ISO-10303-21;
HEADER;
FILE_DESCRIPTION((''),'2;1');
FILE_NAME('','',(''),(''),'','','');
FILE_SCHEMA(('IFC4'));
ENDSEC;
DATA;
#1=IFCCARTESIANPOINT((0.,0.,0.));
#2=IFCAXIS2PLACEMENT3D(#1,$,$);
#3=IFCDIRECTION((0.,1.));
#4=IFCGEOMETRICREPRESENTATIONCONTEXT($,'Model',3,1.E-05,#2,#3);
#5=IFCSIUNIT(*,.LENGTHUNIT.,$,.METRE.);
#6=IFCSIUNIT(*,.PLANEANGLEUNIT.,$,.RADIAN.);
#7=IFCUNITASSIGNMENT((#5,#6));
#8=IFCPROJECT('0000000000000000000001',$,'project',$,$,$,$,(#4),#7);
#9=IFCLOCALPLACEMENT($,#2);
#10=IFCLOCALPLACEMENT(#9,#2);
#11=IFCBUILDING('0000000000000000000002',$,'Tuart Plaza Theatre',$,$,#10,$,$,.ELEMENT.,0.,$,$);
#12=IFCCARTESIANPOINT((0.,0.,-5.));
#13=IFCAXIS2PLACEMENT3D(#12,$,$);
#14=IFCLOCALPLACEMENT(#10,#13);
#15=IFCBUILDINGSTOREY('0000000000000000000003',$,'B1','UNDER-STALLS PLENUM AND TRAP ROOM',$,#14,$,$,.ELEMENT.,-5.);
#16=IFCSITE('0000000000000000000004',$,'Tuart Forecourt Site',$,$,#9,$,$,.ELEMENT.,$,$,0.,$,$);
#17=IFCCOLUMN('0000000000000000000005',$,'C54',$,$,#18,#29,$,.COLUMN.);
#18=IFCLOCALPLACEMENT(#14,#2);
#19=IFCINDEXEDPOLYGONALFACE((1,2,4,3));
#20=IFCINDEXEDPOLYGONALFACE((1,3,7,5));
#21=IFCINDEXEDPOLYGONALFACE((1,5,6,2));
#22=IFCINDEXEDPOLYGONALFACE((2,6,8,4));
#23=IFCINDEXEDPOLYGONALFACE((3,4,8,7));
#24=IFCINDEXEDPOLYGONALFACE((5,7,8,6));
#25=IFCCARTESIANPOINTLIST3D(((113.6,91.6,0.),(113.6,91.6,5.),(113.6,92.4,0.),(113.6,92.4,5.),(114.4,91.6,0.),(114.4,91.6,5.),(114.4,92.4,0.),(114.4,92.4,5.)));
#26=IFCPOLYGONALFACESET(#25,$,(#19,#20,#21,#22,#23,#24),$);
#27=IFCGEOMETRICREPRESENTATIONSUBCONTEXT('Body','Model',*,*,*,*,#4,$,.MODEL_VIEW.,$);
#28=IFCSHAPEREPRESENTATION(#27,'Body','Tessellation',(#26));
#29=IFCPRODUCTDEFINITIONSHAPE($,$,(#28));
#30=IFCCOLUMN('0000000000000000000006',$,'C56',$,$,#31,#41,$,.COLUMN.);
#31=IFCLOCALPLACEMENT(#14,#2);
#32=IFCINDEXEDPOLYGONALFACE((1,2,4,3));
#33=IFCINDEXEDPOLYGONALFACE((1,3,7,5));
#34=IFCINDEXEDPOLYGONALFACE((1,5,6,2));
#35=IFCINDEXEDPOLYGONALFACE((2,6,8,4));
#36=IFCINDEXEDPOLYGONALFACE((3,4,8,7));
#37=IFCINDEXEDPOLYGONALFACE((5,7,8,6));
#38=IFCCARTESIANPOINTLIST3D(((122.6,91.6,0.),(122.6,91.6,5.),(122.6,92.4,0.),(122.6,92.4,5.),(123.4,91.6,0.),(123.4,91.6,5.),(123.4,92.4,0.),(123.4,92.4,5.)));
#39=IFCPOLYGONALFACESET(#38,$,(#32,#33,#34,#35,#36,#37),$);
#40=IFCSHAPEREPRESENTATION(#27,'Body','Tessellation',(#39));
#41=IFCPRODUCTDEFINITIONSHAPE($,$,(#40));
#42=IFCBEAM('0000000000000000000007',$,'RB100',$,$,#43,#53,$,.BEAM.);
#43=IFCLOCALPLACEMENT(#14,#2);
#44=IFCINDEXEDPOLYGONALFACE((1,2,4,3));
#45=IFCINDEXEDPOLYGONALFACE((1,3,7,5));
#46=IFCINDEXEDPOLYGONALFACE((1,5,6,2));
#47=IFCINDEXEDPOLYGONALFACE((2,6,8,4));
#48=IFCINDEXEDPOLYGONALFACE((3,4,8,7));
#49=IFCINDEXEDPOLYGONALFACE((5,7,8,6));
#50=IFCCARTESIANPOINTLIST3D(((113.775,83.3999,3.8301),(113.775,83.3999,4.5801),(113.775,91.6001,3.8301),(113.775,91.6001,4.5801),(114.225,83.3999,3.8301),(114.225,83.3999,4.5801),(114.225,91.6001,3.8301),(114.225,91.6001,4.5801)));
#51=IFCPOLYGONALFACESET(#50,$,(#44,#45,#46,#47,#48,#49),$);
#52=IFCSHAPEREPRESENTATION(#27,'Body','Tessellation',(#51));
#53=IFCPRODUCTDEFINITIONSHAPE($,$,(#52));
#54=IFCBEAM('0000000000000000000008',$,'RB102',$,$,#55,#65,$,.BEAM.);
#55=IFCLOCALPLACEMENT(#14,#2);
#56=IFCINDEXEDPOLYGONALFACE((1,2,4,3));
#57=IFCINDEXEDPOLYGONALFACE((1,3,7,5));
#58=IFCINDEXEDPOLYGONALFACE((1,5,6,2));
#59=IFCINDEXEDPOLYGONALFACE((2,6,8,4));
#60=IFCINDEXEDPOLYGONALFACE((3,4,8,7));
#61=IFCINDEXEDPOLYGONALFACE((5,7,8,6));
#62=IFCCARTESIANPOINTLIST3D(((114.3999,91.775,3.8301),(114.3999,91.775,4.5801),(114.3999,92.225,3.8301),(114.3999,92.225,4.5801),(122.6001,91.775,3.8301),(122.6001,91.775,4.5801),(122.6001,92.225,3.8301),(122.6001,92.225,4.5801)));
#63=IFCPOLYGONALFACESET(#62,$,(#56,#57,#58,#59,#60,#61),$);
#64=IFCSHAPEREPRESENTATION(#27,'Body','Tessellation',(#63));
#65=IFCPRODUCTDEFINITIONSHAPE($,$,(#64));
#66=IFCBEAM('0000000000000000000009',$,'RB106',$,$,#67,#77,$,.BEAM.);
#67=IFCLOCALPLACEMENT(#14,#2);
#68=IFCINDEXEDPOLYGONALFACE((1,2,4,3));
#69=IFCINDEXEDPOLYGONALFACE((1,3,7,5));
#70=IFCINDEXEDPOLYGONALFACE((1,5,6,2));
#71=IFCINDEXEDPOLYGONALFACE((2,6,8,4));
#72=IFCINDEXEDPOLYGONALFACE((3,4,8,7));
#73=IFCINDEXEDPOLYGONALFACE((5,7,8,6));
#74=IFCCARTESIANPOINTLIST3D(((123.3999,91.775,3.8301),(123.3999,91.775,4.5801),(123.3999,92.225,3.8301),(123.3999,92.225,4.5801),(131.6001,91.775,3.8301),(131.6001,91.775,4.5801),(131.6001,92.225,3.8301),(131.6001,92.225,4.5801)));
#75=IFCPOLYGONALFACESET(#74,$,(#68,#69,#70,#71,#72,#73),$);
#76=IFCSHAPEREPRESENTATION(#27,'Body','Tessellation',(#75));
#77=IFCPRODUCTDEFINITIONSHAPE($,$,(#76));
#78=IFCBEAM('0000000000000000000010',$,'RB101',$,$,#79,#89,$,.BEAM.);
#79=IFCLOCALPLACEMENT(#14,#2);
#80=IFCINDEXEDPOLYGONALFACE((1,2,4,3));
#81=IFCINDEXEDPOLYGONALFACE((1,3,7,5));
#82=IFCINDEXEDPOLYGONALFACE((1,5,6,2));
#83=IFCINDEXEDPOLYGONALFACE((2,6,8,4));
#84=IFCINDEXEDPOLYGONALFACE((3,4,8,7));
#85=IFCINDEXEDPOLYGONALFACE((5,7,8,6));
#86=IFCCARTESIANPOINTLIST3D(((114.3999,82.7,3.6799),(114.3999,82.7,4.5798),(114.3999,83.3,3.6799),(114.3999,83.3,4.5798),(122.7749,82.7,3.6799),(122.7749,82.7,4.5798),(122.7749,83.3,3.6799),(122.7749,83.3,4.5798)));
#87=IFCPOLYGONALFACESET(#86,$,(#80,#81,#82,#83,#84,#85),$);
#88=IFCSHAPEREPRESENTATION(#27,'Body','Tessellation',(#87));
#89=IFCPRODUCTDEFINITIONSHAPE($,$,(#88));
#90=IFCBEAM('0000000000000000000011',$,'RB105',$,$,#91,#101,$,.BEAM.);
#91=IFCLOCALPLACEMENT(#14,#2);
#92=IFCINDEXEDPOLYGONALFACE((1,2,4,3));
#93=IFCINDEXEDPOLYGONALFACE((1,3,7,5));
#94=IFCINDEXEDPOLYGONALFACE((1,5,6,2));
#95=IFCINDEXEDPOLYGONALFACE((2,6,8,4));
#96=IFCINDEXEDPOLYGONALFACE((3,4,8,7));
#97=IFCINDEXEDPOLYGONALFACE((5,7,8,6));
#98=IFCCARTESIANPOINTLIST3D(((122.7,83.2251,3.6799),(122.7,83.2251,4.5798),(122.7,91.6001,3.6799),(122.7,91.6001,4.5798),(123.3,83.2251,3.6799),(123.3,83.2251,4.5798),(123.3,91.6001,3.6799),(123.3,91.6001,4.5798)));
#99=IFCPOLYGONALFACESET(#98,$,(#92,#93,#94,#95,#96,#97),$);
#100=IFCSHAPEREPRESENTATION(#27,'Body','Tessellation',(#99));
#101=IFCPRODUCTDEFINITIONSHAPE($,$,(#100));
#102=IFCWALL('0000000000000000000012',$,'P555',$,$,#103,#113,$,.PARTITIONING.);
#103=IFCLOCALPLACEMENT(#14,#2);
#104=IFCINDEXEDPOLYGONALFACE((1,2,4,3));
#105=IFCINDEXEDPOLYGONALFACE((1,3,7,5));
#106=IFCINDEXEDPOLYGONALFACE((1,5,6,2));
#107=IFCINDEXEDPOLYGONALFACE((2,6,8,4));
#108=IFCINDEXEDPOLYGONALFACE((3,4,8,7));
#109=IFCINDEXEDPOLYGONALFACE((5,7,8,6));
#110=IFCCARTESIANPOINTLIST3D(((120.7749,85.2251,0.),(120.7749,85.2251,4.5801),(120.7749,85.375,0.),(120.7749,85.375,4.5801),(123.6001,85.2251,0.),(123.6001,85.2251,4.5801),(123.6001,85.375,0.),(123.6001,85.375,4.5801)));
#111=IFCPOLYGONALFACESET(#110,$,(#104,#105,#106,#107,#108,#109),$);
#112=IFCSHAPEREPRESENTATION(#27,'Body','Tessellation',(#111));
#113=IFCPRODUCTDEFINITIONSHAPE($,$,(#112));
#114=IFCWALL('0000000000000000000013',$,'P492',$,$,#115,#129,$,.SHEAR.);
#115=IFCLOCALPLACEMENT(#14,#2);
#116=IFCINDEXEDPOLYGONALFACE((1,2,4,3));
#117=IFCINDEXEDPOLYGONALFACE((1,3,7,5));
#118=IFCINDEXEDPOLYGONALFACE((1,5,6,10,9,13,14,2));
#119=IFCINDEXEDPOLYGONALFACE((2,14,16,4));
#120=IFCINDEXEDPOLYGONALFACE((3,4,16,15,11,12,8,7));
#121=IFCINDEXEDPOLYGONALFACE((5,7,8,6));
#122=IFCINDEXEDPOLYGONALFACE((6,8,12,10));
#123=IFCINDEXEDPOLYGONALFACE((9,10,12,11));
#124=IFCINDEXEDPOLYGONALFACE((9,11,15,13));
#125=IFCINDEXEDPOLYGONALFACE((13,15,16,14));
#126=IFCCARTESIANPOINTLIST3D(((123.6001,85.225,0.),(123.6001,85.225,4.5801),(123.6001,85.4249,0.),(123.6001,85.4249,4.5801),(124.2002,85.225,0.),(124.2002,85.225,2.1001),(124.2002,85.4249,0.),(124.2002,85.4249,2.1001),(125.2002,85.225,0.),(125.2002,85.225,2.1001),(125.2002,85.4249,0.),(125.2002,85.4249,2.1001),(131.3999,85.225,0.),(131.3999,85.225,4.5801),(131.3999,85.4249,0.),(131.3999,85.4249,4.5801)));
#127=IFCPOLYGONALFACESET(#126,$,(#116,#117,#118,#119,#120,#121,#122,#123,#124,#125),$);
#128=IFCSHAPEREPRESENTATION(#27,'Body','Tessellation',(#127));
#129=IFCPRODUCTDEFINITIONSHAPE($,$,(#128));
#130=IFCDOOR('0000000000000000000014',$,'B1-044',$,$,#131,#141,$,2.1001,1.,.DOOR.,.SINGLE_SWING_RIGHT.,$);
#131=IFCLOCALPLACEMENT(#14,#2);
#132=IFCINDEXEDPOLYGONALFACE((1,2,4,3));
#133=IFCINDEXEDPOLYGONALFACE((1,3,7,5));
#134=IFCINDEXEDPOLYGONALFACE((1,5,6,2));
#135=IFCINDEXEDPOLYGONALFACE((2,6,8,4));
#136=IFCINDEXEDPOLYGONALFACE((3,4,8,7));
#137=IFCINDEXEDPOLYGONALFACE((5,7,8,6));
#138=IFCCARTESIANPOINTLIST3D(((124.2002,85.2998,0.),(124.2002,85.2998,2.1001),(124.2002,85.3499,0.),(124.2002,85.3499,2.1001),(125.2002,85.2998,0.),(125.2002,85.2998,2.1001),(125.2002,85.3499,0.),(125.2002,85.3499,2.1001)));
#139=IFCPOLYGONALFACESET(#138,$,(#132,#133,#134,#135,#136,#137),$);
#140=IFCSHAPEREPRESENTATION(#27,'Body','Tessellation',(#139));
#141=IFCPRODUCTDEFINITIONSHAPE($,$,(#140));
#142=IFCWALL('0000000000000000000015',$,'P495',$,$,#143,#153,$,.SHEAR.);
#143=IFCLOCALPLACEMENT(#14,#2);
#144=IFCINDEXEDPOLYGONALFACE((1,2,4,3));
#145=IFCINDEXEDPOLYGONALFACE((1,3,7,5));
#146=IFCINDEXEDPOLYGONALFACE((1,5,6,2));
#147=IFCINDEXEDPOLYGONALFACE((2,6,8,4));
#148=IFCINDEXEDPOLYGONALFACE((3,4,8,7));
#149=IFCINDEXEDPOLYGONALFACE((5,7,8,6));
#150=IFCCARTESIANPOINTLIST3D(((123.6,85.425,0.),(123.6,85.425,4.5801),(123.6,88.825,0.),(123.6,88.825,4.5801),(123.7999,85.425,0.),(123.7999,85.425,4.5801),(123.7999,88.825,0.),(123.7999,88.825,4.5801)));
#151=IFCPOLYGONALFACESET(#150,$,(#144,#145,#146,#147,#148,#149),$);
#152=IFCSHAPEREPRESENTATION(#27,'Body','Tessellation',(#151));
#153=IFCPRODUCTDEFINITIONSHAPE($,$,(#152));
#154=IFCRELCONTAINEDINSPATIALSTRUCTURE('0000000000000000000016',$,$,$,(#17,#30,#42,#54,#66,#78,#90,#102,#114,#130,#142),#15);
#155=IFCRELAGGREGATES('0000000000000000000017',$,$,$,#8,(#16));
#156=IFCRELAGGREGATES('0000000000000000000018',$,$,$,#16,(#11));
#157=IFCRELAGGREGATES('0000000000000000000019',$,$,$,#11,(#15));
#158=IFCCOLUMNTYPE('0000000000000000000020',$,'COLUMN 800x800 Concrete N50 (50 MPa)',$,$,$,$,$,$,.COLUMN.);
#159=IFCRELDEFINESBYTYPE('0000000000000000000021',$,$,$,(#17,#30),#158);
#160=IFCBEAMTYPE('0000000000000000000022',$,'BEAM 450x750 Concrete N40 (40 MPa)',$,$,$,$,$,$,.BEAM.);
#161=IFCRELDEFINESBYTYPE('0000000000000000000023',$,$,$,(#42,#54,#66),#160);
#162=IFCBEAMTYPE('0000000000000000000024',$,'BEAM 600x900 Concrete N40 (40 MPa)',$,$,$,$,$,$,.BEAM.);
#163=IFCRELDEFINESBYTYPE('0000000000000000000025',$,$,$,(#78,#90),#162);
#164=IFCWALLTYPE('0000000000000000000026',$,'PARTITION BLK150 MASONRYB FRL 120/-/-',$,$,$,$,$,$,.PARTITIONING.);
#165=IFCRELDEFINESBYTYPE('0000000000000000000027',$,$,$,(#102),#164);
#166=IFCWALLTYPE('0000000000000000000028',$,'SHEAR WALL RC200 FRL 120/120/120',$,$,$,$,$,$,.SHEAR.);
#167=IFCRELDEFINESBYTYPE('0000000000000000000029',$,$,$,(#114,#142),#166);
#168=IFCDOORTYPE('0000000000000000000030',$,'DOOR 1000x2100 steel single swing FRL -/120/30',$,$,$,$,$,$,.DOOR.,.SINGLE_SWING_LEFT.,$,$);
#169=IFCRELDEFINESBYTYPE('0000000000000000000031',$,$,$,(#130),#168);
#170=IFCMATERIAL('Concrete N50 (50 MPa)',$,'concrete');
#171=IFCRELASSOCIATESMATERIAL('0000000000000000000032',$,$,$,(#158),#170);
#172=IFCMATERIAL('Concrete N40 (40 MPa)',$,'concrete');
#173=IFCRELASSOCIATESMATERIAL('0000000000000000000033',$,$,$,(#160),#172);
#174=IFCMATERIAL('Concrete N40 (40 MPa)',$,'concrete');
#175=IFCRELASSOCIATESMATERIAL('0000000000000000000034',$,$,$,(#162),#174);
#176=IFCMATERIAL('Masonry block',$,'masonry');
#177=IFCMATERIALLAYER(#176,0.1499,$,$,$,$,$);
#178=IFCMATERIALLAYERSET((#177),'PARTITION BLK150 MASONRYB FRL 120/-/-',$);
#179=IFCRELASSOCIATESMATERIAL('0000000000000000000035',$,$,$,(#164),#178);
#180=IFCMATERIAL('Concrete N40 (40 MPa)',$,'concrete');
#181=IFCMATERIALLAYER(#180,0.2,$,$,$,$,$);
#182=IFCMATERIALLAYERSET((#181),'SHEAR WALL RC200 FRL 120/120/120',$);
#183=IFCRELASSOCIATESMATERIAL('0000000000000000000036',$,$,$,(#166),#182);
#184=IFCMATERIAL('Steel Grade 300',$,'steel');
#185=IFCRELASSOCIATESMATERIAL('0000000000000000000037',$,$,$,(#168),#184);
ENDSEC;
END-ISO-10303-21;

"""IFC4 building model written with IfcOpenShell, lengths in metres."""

from ifc_helpers import new_model, si_unit, direction, frame, frame_2d, origin, origin_2d, place, context, subcontext, project, spatial, rectangle, extrude, material, layer, layer_set, material_profile, profile_set, type_object, element, fill, save


model = new_model("IFC4")

# Units and contexts
model_context = context("Model", 3, precision=1e-05, world=origin(), true_north=direction((0.0, 1.0)))
body_context = subcontext(model_context, "Body", "Model", "MODEL_VIEW")
ifc_project = project(units=[si_unit("LENGTHUNIT", "METRE"), si_unit("PLANEANGLEUNIT", "RADIAN")], contexts=[model_context])

# Site, building, storey
site_placement = place(None, origin())
site = spatial("IfcSite", under=ifc_project, at=site_placement, Name="Tuart Forecourt Site", CompositionType="ELEMENT", RefElevation=0.0)
building_placement = place(site_placement, origin())
building = spatial("IfcBuilding", under=site, at=building_placement, Name="Tuart Plaza Theatre", CompositionType="ELEMENT", ElevationOfRefHeight=0.0)
storey_placement = place(building_placement, frame((0.0, 0.0, -5.0)))
storey = spatial("IfcBuildingStorey", under=building, at=storey_placement, Name="B1", Description="UNDER-STALLS PLENUM AND TRAP ROOM", CompositionType="ELEMENT", Elevation=-5.0)

# Columns
ifc_material_1 = material(Name="Concrete N50 (50 MPa)", Category="concrete")
ifc_material_profile_1 = material_profile(ifc_material_1, rectangle(XDim=0.8, YDim=0.8, at=origin_2d()), Name="COLUMN 800x800 Concrete N50 (50 MPa)")
ifc_profile_set_1 = profile_set([ifc_material_profile_1], Name="Concrete N50 (50 MPa)")
column_type = type_object("IfcColumnType", Name="COLUMN 800x800 Concrete N50 (50 MPa)", PredefinedType="COLUMN", material=ifc_profile_set_1)
for number, where, z_axis, x_axis, name in (
    (1, (114.0, 92.0, 0.0), (0.0, 0.0, 1.0), (1.0, 0.0, 0.0), "C54"),
    (2, (123.0, 92.0, 0.0), (0.0, 0.0, 1.0), (1.0, 0.0, 0.0), "C56"),
):
    element("IfcColumn", number, at=place(storey_placement, frame(where, z_axis=z_axis, x_axis=x_axis)), inside=storey, type_object=column_type, Name=name, PredefinedType="COLUMN", context=body_context, shape_type="SweptSolid", body=[
        extrude(rectangle(XDim=0.8, YDim=0.8, at=origin_2d()), origin(), (0.0, 0.0, 1.0), 5.0),
    ])

# Beams
ifc_material_2 = material(Name="Concrete N40 (40 MPa)", Category="concrete")
ifc_material_profile_2 = material_profile(ifc_material_2, rectangle(XDim=0.45, YDim=0.75, at=origin_2d()), Name="BEAM 450x750 Concrete N40 (40 MPa)")
ifc_profile_set_2 = profile_set([ifc_material_profile_2], Name="Concrete N40 (40 MPa)")
beam_type_1 = type_object("IfcBeamType", Name="BEAM 450x750 Concrete N40 (40 MPa)", PredefinedType="BEAM", material=ifc_profile_set_2)
for number, where, z_axis, x_axis, name in (
    (3, (114.0, 83.3999, 4.2051), (0.0, 1.0, 0.0), (-1.0, 0.0, 0.0), "RB100"),
    (4, (114.3999, 92.0, 4.2051), (1.0, 0.0, 0.0), (0.0, 1.0, 0.0), "RB102"),
    (5, (123.3999, 92.0, 4.2051), (1.0, 0.0, 0.0), (0.0, 1.0, 0.0), "RB106"),
):
    element("IfcBeam", number, at=place(storey_placement, frame(where, z_axis=z_axis, x_axis=x_axis)), inside=storey, type_object=beam_type_1, Name=name, PredefinedType="BEAM", context=body_context, shape_type="SweptSolid", body=[
        extrude(rectangle(XDim=0.45, YDim=0.75, at=origin_2d()), origin(), (0.0, 0.0, 1.0), 8.2002),
    ])
ifc_material_3 = material(Name="Concrete N40 (40 MPa)", Category="concrete")
ifc_material_profile_3 = material_profile(ifc_material_3, rectangle(XDim=0.6001, YDim=0.8999, at=origin_2d()), Name="BEAM 600x900 Concrete N40 (40 MPa)")
ifc_profile_set_3 = profile_set([ifc_material_profile_3], Name="Concrete N40 (40 MPa)")
beam_type_2 = type_object("IfcBeamType", Name="BEAM 600x900 Concrete N40 (40 MPa)", PredefinedType="BEAM", material=ifc_profile_set_3)
for number, where, z_axis, x_axis, name in (
    (6, (114.3999, 83.0, 4.1299), (1.0, 0.0, 0.0), (0.0, 1.0, 0.0), "RB101"),
    (7, (123.0, 83.2251, 4.1299), (0.0, 1.0, 0.0), (-1.0, 0.0, 0.0), "RB105"),
):
    element("IfcBeam", number, at=place(storey_placement, frame(where, z_axis=z_axis, x_axis=x_axis)), inside=storey, type_object=beam_type_2, Name=name, PredefinedType="BEAM", context=body_context, shape_type="SweptSolid", body=[
        extrude(rectangle(XDim=0.6001, YDim=0.8999, at=origin_2d()), origin(), (0.0, 0.0, 1.0), 8.375),
    ])

# Wall
ifc_material_4 = material(Name="Masonry block", Category="masonry")
ifc_layer_1 = layer(ifc_material_4, 0.1499)
ifc_layer_set_1 = layer_set([ifc_layer_1], Name="PARTITION BLK150 MASONRYB FRL 120/-/-")
wall_type_1 = type_object("IfcWallType", Name="PARTITION BLK150 MASONRYB FRL 120/-/-", PredefinedType="PARTITIONING", material=ifc_layer_set_1)
wall_1_placement = place(storey_placement, frame((120.7749, 85.3, 0.0), z_axis=(0.0, 0.0, 1.0), x_axis=(1.0, 0.0, 0.0)))
element("IfcWall", 8, at=wall_1_placement, inside=storey, type_object=wall_type_1, Name="P555", PredefinedType="PARTITIONING", context=body_context, shape_type="SweptSolid", body=[
    extrude(rectangle(XDim=2.8252, YDim=0.1499, at=frame_2d((1.4126, 0.0))), origin(), (0.0, 0.0, 1.0), 4.5801),
])

# Wall, opening, door
ifc_material_5 = material(Name="Concrete N40 (40 MPa)", Category="concrete")
ifc_layer_2 = layer(ifc_material_5, 0.2)
ifc_layer_set_2 = layer_set([ifc_layer_2], Name="SHEAR WALL RC200 FRL 120/120/120")
wall_type_2 = type_object("IfcWallType", Name="SHEAR WALL RC200 FRL 120/120/120", PredefinedType="SHEAR", material=ifc_layer_set_2)
wall_2_placement = place(storey_placement, frame((123.6001, 85.325, 0.0), z_axis=(0.0, 0.0, 1.0), x_axis=(1.0, 0.0, 0.0)))
wall_2 = element("IfcWall", 9, at=wall_2_placement, inside=storey, type_object=wall_type_2, Name="P492", PredefinedType="SHEAR", context=body_context, shape_type="SweptSolid", body=[
    extrude(rectangle(XDim=7.7998, YDim=0.2, at=frame_2d((3.8999, 0.0))), origin(), (0.0, 0.0, 1.0), 4.5801),
])
opening_1_placement = place(wall_2_placement, frame((0.6001, 0.0, 0.0)))
opening_1 = element("IfcOpeningElement", 10, at=opening_1_placement, cuts=wall_2, PredefinedType="OPENING", context=body_context, shape_type="SweptSolid", body=[
    extrude(rectangle(XDim=1.0, YDim=2.1001, at=frame_2d((0.5, 1.05))), frame((0.0, 0.1099, 0.0), z_axis=(0.0, -1.0, 0.0), x_axis=(1.0, 0.0, 0.0)), (0.0, 0.0, 1.0), 0.22),
])
ifc_material_6 = material(Name="Steel Grade 300", Category="steel")
door_type_1 = type_object("IfcDoorType", Name="DOOR 1000x2100 steel single swing FRL -/120/30", OperationType="SINGLE_SWING_LEFT", PredefinedType="DOOR", material=ifc_material_6)
door_1_placement = place(opening_1_placement, origin())
door_1 = element("IfcDoor", 11, at=door_1_placement, inside=storey, type_object=door_type_1, Name="B1-044", OperationType="SINGLE_SWING_RIGHT", OverallHeight=2.1001, OverallWidth=1.0, PredefinedType="DOOR", context=body_context, shape_type="SweptSolid", body=[
    extrude(rectangle(XDim=1.0, YDim=2.1001, at=frame_2d((0.5, 1.05))), frame((0.0, 0.0249, 0.0), z_axis=(0.0, -1.0, 0.0), x_axis=(1.0, 0.0, 0.0)), (0.0, 0.0, 1.0), 0.05),
])
fill(opening_1, door_1)

# Wall
wall_3_placement = place(storey_placement, frame((123.7, 88.825, 0.0), z_axis=(0.0, 0.0, 1.0), x_axis=(0.0, -1.0, 0.0)))
element("IfcWall", 12, at=wall_3_placement, inside=storey, type_object=wall_type_2, Name="P495", PredefinedType="SHEAR", context=body_context, shape_type="SweptSolid", body=[
    extrude(rectangle(XDim=3.3999, YDim=0.2, at=frame_2d((1.7, 0.0))), origin(), (0.0, 0.0, 1.0), 4.5801),
])

save(model, "model.ifc")
